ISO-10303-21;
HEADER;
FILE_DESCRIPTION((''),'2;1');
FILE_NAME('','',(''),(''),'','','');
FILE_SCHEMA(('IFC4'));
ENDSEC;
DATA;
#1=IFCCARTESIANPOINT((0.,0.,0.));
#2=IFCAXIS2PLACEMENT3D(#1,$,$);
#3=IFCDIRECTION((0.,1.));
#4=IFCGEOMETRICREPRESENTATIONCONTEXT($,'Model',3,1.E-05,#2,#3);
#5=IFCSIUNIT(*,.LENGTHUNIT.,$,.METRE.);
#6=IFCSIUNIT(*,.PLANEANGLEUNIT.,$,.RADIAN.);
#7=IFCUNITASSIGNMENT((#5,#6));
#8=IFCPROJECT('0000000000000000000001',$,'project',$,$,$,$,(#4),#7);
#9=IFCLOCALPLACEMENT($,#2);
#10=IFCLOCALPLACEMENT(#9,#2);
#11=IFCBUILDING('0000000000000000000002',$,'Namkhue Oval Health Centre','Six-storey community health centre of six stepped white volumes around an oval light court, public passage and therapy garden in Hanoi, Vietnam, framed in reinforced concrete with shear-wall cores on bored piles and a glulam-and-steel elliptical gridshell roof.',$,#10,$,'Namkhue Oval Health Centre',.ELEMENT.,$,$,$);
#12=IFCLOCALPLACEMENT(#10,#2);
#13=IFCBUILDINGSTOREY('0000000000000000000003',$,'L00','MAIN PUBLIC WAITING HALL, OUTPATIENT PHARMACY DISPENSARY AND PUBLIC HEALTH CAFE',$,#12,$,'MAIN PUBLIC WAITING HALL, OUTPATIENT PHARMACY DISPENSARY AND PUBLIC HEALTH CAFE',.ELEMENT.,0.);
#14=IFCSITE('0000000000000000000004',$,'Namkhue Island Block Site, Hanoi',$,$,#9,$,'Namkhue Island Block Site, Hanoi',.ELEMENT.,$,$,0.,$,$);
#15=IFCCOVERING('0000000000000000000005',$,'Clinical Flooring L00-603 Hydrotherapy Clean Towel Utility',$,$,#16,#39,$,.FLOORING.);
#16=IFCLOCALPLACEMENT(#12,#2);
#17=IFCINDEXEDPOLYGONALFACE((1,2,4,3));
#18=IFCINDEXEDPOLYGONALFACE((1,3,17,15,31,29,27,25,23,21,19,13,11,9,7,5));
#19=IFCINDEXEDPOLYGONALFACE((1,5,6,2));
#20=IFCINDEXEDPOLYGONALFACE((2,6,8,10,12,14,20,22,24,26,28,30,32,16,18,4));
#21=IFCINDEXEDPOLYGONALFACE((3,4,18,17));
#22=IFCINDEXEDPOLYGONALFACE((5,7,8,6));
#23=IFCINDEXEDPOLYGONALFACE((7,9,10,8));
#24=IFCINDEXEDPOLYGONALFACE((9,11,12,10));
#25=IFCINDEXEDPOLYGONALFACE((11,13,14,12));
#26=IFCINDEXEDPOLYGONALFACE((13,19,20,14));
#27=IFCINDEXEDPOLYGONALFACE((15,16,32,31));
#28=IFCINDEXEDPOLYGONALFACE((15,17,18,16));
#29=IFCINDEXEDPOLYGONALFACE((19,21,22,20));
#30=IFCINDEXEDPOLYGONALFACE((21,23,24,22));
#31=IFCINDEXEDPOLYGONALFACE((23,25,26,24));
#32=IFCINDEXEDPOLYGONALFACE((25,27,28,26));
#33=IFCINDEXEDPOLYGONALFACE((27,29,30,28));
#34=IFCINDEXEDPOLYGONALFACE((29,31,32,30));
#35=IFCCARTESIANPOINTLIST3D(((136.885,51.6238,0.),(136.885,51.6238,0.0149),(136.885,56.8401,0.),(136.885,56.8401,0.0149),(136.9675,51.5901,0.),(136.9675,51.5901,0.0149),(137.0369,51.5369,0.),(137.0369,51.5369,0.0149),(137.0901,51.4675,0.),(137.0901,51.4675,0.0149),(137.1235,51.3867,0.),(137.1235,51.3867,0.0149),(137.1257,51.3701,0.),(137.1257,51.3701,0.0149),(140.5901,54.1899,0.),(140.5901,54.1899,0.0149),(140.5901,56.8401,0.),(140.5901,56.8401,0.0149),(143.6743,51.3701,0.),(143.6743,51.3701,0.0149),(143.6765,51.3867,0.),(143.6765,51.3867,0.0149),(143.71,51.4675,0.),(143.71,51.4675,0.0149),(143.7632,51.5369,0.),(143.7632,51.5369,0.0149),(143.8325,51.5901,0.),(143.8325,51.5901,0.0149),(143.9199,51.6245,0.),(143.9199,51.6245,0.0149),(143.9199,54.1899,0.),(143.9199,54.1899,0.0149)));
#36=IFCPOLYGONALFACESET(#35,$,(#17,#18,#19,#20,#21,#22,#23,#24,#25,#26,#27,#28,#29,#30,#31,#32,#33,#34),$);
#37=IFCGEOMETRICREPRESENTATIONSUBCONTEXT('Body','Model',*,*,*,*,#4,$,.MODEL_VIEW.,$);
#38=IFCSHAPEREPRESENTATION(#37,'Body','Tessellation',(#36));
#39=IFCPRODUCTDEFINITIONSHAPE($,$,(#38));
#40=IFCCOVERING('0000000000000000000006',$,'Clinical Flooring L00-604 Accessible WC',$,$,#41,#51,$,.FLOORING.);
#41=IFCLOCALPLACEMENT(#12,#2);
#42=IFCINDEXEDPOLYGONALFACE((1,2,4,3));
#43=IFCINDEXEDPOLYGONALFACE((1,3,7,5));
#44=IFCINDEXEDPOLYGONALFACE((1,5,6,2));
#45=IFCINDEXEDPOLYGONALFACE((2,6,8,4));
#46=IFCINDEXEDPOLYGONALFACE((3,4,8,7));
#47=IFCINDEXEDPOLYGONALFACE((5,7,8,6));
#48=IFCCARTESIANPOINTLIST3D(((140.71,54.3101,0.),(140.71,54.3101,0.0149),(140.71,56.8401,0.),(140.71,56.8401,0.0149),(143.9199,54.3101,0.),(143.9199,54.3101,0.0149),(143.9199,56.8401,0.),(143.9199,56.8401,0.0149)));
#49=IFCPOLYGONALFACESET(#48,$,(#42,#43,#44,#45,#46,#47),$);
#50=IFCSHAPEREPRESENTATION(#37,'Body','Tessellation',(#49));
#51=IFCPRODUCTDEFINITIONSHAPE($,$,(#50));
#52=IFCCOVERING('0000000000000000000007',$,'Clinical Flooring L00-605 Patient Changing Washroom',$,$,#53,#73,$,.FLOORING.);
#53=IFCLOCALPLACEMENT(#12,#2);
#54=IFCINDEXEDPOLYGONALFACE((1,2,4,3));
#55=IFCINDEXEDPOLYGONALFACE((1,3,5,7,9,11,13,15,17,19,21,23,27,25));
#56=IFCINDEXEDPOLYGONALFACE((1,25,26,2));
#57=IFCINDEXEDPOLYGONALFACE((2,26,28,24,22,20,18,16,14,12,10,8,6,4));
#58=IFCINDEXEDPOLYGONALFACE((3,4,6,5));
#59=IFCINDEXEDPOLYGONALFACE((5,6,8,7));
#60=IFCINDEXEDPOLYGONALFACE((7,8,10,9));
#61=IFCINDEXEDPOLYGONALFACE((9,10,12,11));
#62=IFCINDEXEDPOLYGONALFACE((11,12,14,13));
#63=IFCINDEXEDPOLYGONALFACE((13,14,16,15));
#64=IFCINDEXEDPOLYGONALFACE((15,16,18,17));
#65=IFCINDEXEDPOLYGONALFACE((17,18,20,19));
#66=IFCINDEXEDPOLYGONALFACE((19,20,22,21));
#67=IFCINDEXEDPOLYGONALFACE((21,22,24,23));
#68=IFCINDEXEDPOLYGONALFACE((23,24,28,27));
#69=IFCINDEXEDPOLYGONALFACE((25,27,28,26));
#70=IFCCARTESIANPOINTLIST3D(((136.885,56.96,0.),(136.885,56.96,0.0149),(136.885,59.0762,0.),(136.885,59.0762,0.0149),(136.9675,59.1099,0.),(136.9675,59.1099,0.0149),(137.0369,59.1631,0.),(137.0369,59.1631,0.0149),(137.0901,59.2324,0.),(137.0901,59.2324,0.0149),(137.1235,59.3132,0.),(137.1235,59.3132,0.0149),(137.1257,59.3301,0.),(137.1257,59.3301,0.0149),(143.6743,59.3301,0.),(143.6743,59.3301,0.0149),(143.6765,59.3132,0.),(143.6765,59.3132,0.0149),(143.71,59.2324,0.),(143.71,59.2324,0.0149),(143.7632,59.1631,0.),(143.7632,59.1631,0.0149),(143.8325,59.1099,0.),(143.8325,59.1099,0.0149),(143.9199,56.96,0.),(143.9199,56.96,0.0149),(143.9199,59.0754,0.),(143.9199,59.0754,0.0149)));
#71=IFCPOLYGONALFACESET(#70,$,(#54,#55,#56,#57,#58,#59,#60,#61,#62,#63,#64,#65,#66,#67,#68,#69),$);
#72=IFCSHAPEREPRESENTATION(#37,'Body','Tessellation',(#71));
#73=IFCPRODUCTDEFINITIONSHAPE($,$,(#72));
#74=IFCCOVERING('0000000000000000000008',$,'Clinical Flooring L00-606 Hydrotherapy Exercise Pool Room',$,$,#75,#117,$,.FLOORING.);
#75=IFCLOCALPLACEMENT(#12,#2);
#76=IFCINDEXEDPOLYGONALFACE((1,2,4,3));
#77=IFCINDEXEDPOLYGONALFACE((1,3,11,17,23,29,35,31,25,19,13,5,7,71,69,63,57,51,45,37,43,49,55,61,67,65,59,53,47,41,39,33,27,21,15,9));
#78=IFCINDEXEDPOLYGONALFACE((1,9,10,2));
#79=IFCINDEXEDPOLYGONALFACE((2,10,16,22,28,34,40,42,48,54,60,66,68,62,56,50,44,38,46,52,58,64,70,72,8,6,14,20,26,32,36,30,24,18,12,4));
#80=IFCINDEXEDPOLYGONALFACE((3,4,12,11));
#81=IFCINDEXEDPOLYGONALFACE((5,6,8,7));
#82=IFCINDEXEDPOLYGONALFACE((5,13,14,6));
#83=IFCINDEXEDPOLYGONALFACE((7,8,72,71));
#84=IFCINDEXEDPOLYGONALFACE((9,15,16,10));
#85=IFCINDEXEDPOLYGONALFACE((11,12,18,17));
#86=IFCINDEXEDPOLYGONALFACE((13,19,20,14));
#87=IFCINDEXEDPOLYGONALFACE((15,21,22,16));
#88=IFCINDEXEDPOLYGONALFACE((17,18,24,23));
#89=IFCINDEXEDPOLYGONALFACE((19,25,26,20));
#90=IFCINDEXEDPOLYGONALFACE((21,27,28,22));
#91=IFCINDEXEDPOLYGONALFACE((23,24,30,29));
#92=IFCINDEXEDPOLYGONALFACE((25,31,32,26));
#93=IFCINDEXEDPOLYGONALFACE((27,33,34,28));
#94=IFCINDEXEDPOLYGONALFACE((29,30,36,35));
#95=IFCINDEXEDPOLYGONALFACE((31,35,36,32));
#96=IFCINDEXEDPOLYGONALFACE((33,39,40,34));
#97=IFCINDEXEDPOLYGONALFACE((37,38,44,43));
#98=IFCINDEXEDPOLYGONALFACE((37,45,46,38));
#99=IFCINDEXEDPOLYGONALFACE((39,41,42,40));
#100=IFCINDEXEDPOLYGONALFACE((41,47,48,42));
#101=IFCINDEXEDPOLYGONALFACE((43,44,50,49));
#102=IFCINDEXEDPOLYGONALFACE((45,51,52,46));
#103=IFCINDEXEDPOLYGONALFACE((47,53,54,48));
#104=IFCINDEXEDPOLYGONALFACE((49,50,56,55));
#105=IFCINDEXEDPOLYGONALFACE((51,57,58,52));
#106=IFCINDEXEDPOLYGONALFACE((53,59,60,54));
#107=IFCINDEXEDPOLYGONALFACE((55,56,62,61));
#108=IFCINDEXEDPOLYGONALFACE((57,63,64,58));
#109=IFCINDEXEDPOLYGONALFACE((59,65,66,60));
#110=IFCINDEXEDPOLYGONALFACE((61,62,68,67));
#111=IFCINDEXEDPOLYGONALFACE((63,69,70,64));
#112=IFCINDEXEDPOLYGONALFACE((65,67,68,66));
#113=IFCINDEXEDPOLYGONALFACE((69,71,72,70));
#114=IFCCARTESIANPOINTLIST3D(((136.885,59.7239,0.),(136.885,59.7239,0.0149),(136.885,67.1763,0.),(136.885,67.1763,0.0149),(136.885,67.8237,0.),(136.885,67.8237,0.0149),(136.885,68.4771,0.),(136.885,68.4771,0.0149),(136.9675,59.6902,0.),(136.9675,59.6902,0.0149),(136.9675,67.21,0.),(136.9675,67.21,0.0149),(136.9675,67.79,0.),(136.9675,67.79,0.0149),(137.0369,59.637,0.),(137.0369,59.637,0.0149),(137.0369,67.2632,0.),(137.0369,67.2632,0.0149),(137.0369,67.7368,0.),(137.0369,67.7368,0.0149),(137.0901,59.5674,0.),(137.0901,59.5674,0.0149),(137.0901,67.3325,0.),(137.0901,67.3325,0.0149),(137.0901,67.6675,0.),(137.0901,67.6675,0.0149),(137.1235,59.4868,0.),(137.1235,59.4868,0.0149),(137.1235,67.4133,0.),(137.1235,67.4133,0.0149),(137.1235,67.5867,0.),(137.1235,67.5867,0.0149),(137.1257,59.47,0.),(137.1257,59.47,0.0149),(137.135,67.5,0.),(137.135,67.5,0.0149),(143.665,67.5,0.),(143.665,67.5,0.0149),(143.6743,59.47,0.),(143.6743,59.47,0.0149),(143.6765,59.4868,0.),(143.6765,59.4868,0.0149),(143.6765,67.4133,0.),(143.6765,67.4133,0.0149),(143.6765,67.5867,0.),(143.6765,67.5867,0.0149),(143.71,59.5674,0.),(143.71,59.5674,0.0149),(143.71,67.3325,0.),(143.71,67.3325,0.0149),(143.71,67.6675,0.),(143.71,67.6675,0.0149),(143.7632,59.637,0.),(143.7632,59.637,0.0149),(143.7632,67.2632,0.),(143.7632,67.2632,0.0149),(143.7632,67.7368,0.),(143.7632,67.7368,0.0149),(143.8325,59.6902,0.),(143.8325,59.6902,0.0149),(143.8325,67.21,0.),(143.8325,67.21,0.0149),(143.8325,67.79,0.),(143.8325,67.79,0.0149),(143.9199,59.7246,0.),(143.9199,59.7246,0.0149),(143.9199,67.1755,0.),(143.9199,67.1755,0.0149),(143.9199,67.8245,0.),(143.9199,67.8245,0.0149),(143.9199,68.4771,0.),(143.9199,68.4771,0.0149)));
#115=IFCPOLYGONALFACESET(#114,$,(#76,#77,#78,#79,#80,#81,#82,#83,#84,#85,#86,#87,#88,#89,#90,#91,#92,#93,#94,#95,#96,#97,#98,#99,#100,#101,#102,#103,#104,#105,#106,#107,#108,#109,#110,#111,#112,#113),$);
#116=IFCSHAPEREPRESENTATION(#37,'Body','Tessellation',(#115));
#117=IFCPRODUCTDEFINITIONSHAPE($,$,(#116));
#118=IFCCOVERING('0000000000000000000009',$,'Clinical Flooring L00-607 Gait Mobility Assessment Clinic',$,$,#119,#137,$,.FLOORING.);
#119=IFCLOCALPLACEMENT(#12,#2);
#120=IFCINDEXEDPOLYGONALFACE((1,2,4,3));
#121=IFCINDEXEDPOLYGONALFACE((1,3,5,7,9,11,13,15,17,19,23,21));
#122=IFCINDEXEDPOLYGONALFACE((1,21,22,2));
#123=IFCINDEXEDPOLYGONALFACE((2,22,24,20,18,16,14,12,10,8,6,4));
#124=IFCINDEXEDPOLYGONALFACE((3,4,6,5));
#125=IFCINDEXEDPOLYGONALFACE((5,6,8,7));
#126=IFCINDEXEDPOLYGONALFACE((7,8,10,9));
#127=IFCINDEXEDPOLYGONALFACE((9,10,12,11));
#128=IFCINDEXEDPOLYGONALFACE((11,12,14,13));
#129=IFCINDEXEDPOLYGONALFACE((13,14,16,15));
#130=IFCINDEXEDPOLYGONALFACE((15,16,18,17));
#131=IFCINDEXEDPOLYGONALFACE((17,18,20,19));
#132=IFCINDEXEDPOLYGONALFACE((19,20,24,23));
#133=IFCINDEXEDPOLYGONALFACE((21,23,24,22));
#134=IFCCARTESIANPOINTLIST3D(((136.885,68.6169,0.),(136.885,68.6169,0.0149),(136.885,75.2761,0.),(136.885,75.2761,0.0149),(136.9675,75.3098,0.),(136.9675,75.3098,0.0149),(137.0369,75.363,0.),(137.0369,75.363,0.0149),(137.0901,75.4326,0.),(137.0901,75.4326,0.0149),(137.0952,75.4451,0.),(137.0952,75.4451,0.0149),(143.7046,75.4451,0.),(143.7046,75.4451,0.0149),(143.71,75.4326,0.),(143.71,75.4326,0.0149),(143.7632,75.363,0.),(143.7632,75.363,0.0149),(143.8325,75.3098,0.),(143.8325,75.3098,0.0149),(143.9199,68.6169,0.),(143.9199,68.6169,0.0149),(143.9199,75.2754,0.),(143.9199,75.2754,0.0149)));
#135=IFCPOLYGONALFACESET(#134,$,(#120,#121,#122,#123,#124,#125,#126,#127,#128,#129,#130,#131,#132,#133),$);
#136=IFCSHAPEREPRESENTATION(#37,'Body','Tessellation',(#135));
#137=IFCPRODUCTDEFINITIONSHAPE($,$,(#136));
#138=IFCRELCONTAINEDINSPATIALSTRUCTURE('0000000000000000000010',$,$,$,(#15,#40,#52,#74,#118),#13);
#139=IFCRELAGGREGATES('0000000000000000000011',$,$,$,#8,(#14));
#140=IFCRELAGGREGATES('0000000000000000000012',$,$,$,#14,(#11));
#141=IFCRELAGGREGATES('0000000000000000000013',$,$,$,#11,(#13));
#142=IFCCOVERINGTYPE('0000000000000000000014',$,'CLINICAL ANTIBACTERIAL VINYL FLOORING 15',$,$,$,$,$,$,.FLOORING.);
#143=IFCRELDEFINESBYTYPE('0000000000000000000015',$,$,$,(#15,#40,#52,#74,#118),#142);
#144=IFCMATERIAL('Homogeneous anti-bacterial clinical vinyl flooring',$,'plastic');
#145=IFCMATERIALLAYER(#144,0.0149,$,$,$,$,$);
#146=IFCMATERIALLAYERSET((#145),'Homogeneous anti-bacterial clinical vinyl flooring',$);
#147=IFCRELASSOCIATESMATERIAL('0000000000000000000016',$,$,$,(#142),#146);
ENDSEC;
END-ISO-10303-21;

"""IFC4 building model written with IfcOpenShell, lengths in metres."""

from ifc_helpers import new_model, si_unit, direction, origin, place, context, subcontext, project, spatial, polyline, outline, extrude, material, layer, layer_set, type_object, element, save


model = new_model("IFC4")

# Units and contexts
model_context = context("Model", 3, precision=1e-05, world=origin(), true_north=direction((0.0, 1.0)))
body_context = subcontext(model_context, "Body", "Model", "MODEL_VIEW")
ifc_project = project(units=[si_unit("LENGTHUNIT", "METRE"), si_unit("PLANEANGLEUNIT", "RADIAN")], contexts=[model_context])

# Site, building, storey
site_placement = place(None, origin())
site = spatial("IfcSite", under=ifc_project, at=site_placement, Name="Namkhue Island Block Site, Hanoi", LongName="Namkhue Island Block Site, Hanoi", CompositionType="ELEMENT", RefElevation=0.0)
building_placement = place(site_placement, origin())
building = spatial("IfcBuilding", under=site, at=building_placement, Name="Namkhue Oval Health Centre", Description="Six-storey community health centre of six stepped white volumes around an oval light court, public passage and therapy garden in Hanoi, Vietnam, framed in reinforced concrete with shear-wall cores on bored piles and a glulam-and-steel elliptical gridshell roof.", LongName="Namkhue Oval Health Centre", CompositionType="ELEMENT")
storey_placement = place(building_placement, origin())
storey = spatial("IfcBuildingStorey", under=building, at=storey_placement, Name="L00", Description="MAIN PUBLIC WAITING HALL, OUTPATIENT PHARMACY DISPENSARY AND PUBLIC HEALTH CAFE", LongName="MAIN PUBLIC WAITING HALL, OUTPATIENT PHARMACY DISPENSARY AND PUBLIC HEALTH CAFE", CompositionType="ELEMENT", Elevation=0.0)

# Coverings
ifc_material_1 = material(Name="Homogeneous anti-bacterial clinical vinyl flooring", Category="plastic")
ifc_layer_1 = layer(ifc_material_1, 0.0149)
ifc_layer_set_1 = layer_set([ifc_layer_1], Name="Homogeneous anti-bacterial clinical vinyl flooring")
covering_type_1 = type_object("IfcCoveringType", Name="CLINICAL ANTIBACTERIAL VINYL FLOORING 15", PredefinedType="FLOORING", material=ifc_layer_set_1)
covering_1_placement = place(storey_placement, origin())
element("IfcCovering", 1, at=covering_1_placement, inside=storey, type_object=covering_type_1, Name="Clinical Flooring L00-603 Hydrotherapy Clean Towel Utility", PredefinedType="FLOORING", context=body_context, shape_type="SweptSolid", body=[
    extrude(outline(polyline([(136.885, 56.8401), (140.5901, 56.8401), (140.5901, 54.1899), (143.9199, 54.1899), (143.9199, 51.6245), (143.8325, 51.5901), (143.7632, 51.5369), (143.71, 51.4675), (143.6765, 51.3867), (143.6743, 51.3701), (137.1257, 51.3701), (137.1235, 51.3867), (137.0901, 51.4675), (137.0369, 51.5369), (136.9675, 51.5901), (136.885, 51.6238), (136.885, 56.8401)])), origin(), (0.0, 0.0, 1.0), 0.0149),
])
covering_2_placement = place(storey_placement, origin())
element("IfcCovering", 2, at=covering_2_placement, inside=storey, type_object=covering_type_1, Name="Clinical Flooring L00-604 Accessible WC", PredefinedType="FLOORING", context=body_context, shape_type="SweptSolid", body=[
    extrude(outline(polyline([(140.71, 54.3101), (140.71, 56.8401), (143.9199, 56.8401), (143.9199, 54.3101), (140.71, 54.3101)])), origin(), (0.0, 0.0, 1.0), 0.0149),
])
covering_3_placement = place(storey_placement, origin())
element("IfcCovering", 3, at=covering_3_placement, inside=storey, type_object=covering_type_1, Name="Clinical Flooring L00-605 Patient Changing Washroom", PredefinedType="FLOORING", context=body_context, shape_type="SweptSolid", body=[
    extrude(outline(polyline([(136.885, 56.96), (136.885, 59.0762), (136.9675, 59.1099), (137.0369, 59.1631), (137.0901, 59.2324), (137.1235, 59.3132), (137.1257, 59.3301), (143.6743, 59.3301), (143.6765, 59.3132), (143.71, 59.2324), (143.7632, 59.1631), (143.8325, 59.1099), (143.9199, 59.0754), (143.9199, 56.96), (136.885, 56.96)])), origin(), (0.0, 0.0, 1.0), 0.0149),
])
covering_4_placement = place(storey_placement, origin())
element("IfcCovering", 4, at=covering_4_placement, inside=storey, type_object=covering_type_1, Name="Clinical Flooring L00-606 Hydrotherapy Exercise Pool Room", PredefinedType="FLOORING", context=body_context, shape_type="SweptSolid", body=[
    extrude(outline(polyline([(137.1257, 59.47), (137.1235, 59.4868), (137.0901, 59.5674), (137.0369, 59.637), (136.9675, 59.6902), (136.885, 59.7239), (136.885, 67.1763), (136.9675, 67.21), (137.0369, 67.2632), (137.0901, 67.3325), (137.1235, 67.4133), (137.135, 67.5), (137.1235, 67.5867), (137.0901, 67.6675), (137.0369, 67.7368), (136.9675, 67.79), (136.885, 67.8237), (136.885, 68.4771), (143.9199, 68.4771), (143.9199, 67.8245), (143.8325, 67.79), (143.7632, 67.7368), (143.71, 67.6675), (143.6765, 67.5867), (143.665, 67.5), (143.6765, 67.4133), (143.71, 67.3325), (143.7632, 67.2632), (143.8325, 67.21), (143.9199, 67.1755), (143.9199, 59.7246), (143.8325, 59.6902), (143.7632, 59.637), (143.71, 59.5674), (143.6765, 59.4868), (143.6743, 59.47), (137.1257, 59.47)])), origin(), (0.0, 0.0, 1.0), 0.0149),
])
covering_5_placement = place(storey_placement, origin())
element("IfcCovering", 5, at=covering_5_placement, inside=storey, type_object=covering_type_1, Name="Clinical Flooring L00-607 Gait Mobility Assessment Clinic", PredefinedType="FLOORING", context=body_context, shape_type="SweptSolid", body=[
    extrude(outline(polyline([(136.885, 68.6169), (136.885, 75.2761), (136.9675, 75.3098), (137.0369, 75.363), (137.0901, 75.4326), (137.0952, 75.4451), (143.7046, 75.4451), (143.71, 75.4326), (143.7632, 75.363), (143.8325, 75.3098), (143.9199, 75.2754), (143.9199, 68.6169), (136.885, 68.6169)])), origin(), (0.0, 0.0, 1.0), 0.0149),
])

save(model, "model.ifc")
